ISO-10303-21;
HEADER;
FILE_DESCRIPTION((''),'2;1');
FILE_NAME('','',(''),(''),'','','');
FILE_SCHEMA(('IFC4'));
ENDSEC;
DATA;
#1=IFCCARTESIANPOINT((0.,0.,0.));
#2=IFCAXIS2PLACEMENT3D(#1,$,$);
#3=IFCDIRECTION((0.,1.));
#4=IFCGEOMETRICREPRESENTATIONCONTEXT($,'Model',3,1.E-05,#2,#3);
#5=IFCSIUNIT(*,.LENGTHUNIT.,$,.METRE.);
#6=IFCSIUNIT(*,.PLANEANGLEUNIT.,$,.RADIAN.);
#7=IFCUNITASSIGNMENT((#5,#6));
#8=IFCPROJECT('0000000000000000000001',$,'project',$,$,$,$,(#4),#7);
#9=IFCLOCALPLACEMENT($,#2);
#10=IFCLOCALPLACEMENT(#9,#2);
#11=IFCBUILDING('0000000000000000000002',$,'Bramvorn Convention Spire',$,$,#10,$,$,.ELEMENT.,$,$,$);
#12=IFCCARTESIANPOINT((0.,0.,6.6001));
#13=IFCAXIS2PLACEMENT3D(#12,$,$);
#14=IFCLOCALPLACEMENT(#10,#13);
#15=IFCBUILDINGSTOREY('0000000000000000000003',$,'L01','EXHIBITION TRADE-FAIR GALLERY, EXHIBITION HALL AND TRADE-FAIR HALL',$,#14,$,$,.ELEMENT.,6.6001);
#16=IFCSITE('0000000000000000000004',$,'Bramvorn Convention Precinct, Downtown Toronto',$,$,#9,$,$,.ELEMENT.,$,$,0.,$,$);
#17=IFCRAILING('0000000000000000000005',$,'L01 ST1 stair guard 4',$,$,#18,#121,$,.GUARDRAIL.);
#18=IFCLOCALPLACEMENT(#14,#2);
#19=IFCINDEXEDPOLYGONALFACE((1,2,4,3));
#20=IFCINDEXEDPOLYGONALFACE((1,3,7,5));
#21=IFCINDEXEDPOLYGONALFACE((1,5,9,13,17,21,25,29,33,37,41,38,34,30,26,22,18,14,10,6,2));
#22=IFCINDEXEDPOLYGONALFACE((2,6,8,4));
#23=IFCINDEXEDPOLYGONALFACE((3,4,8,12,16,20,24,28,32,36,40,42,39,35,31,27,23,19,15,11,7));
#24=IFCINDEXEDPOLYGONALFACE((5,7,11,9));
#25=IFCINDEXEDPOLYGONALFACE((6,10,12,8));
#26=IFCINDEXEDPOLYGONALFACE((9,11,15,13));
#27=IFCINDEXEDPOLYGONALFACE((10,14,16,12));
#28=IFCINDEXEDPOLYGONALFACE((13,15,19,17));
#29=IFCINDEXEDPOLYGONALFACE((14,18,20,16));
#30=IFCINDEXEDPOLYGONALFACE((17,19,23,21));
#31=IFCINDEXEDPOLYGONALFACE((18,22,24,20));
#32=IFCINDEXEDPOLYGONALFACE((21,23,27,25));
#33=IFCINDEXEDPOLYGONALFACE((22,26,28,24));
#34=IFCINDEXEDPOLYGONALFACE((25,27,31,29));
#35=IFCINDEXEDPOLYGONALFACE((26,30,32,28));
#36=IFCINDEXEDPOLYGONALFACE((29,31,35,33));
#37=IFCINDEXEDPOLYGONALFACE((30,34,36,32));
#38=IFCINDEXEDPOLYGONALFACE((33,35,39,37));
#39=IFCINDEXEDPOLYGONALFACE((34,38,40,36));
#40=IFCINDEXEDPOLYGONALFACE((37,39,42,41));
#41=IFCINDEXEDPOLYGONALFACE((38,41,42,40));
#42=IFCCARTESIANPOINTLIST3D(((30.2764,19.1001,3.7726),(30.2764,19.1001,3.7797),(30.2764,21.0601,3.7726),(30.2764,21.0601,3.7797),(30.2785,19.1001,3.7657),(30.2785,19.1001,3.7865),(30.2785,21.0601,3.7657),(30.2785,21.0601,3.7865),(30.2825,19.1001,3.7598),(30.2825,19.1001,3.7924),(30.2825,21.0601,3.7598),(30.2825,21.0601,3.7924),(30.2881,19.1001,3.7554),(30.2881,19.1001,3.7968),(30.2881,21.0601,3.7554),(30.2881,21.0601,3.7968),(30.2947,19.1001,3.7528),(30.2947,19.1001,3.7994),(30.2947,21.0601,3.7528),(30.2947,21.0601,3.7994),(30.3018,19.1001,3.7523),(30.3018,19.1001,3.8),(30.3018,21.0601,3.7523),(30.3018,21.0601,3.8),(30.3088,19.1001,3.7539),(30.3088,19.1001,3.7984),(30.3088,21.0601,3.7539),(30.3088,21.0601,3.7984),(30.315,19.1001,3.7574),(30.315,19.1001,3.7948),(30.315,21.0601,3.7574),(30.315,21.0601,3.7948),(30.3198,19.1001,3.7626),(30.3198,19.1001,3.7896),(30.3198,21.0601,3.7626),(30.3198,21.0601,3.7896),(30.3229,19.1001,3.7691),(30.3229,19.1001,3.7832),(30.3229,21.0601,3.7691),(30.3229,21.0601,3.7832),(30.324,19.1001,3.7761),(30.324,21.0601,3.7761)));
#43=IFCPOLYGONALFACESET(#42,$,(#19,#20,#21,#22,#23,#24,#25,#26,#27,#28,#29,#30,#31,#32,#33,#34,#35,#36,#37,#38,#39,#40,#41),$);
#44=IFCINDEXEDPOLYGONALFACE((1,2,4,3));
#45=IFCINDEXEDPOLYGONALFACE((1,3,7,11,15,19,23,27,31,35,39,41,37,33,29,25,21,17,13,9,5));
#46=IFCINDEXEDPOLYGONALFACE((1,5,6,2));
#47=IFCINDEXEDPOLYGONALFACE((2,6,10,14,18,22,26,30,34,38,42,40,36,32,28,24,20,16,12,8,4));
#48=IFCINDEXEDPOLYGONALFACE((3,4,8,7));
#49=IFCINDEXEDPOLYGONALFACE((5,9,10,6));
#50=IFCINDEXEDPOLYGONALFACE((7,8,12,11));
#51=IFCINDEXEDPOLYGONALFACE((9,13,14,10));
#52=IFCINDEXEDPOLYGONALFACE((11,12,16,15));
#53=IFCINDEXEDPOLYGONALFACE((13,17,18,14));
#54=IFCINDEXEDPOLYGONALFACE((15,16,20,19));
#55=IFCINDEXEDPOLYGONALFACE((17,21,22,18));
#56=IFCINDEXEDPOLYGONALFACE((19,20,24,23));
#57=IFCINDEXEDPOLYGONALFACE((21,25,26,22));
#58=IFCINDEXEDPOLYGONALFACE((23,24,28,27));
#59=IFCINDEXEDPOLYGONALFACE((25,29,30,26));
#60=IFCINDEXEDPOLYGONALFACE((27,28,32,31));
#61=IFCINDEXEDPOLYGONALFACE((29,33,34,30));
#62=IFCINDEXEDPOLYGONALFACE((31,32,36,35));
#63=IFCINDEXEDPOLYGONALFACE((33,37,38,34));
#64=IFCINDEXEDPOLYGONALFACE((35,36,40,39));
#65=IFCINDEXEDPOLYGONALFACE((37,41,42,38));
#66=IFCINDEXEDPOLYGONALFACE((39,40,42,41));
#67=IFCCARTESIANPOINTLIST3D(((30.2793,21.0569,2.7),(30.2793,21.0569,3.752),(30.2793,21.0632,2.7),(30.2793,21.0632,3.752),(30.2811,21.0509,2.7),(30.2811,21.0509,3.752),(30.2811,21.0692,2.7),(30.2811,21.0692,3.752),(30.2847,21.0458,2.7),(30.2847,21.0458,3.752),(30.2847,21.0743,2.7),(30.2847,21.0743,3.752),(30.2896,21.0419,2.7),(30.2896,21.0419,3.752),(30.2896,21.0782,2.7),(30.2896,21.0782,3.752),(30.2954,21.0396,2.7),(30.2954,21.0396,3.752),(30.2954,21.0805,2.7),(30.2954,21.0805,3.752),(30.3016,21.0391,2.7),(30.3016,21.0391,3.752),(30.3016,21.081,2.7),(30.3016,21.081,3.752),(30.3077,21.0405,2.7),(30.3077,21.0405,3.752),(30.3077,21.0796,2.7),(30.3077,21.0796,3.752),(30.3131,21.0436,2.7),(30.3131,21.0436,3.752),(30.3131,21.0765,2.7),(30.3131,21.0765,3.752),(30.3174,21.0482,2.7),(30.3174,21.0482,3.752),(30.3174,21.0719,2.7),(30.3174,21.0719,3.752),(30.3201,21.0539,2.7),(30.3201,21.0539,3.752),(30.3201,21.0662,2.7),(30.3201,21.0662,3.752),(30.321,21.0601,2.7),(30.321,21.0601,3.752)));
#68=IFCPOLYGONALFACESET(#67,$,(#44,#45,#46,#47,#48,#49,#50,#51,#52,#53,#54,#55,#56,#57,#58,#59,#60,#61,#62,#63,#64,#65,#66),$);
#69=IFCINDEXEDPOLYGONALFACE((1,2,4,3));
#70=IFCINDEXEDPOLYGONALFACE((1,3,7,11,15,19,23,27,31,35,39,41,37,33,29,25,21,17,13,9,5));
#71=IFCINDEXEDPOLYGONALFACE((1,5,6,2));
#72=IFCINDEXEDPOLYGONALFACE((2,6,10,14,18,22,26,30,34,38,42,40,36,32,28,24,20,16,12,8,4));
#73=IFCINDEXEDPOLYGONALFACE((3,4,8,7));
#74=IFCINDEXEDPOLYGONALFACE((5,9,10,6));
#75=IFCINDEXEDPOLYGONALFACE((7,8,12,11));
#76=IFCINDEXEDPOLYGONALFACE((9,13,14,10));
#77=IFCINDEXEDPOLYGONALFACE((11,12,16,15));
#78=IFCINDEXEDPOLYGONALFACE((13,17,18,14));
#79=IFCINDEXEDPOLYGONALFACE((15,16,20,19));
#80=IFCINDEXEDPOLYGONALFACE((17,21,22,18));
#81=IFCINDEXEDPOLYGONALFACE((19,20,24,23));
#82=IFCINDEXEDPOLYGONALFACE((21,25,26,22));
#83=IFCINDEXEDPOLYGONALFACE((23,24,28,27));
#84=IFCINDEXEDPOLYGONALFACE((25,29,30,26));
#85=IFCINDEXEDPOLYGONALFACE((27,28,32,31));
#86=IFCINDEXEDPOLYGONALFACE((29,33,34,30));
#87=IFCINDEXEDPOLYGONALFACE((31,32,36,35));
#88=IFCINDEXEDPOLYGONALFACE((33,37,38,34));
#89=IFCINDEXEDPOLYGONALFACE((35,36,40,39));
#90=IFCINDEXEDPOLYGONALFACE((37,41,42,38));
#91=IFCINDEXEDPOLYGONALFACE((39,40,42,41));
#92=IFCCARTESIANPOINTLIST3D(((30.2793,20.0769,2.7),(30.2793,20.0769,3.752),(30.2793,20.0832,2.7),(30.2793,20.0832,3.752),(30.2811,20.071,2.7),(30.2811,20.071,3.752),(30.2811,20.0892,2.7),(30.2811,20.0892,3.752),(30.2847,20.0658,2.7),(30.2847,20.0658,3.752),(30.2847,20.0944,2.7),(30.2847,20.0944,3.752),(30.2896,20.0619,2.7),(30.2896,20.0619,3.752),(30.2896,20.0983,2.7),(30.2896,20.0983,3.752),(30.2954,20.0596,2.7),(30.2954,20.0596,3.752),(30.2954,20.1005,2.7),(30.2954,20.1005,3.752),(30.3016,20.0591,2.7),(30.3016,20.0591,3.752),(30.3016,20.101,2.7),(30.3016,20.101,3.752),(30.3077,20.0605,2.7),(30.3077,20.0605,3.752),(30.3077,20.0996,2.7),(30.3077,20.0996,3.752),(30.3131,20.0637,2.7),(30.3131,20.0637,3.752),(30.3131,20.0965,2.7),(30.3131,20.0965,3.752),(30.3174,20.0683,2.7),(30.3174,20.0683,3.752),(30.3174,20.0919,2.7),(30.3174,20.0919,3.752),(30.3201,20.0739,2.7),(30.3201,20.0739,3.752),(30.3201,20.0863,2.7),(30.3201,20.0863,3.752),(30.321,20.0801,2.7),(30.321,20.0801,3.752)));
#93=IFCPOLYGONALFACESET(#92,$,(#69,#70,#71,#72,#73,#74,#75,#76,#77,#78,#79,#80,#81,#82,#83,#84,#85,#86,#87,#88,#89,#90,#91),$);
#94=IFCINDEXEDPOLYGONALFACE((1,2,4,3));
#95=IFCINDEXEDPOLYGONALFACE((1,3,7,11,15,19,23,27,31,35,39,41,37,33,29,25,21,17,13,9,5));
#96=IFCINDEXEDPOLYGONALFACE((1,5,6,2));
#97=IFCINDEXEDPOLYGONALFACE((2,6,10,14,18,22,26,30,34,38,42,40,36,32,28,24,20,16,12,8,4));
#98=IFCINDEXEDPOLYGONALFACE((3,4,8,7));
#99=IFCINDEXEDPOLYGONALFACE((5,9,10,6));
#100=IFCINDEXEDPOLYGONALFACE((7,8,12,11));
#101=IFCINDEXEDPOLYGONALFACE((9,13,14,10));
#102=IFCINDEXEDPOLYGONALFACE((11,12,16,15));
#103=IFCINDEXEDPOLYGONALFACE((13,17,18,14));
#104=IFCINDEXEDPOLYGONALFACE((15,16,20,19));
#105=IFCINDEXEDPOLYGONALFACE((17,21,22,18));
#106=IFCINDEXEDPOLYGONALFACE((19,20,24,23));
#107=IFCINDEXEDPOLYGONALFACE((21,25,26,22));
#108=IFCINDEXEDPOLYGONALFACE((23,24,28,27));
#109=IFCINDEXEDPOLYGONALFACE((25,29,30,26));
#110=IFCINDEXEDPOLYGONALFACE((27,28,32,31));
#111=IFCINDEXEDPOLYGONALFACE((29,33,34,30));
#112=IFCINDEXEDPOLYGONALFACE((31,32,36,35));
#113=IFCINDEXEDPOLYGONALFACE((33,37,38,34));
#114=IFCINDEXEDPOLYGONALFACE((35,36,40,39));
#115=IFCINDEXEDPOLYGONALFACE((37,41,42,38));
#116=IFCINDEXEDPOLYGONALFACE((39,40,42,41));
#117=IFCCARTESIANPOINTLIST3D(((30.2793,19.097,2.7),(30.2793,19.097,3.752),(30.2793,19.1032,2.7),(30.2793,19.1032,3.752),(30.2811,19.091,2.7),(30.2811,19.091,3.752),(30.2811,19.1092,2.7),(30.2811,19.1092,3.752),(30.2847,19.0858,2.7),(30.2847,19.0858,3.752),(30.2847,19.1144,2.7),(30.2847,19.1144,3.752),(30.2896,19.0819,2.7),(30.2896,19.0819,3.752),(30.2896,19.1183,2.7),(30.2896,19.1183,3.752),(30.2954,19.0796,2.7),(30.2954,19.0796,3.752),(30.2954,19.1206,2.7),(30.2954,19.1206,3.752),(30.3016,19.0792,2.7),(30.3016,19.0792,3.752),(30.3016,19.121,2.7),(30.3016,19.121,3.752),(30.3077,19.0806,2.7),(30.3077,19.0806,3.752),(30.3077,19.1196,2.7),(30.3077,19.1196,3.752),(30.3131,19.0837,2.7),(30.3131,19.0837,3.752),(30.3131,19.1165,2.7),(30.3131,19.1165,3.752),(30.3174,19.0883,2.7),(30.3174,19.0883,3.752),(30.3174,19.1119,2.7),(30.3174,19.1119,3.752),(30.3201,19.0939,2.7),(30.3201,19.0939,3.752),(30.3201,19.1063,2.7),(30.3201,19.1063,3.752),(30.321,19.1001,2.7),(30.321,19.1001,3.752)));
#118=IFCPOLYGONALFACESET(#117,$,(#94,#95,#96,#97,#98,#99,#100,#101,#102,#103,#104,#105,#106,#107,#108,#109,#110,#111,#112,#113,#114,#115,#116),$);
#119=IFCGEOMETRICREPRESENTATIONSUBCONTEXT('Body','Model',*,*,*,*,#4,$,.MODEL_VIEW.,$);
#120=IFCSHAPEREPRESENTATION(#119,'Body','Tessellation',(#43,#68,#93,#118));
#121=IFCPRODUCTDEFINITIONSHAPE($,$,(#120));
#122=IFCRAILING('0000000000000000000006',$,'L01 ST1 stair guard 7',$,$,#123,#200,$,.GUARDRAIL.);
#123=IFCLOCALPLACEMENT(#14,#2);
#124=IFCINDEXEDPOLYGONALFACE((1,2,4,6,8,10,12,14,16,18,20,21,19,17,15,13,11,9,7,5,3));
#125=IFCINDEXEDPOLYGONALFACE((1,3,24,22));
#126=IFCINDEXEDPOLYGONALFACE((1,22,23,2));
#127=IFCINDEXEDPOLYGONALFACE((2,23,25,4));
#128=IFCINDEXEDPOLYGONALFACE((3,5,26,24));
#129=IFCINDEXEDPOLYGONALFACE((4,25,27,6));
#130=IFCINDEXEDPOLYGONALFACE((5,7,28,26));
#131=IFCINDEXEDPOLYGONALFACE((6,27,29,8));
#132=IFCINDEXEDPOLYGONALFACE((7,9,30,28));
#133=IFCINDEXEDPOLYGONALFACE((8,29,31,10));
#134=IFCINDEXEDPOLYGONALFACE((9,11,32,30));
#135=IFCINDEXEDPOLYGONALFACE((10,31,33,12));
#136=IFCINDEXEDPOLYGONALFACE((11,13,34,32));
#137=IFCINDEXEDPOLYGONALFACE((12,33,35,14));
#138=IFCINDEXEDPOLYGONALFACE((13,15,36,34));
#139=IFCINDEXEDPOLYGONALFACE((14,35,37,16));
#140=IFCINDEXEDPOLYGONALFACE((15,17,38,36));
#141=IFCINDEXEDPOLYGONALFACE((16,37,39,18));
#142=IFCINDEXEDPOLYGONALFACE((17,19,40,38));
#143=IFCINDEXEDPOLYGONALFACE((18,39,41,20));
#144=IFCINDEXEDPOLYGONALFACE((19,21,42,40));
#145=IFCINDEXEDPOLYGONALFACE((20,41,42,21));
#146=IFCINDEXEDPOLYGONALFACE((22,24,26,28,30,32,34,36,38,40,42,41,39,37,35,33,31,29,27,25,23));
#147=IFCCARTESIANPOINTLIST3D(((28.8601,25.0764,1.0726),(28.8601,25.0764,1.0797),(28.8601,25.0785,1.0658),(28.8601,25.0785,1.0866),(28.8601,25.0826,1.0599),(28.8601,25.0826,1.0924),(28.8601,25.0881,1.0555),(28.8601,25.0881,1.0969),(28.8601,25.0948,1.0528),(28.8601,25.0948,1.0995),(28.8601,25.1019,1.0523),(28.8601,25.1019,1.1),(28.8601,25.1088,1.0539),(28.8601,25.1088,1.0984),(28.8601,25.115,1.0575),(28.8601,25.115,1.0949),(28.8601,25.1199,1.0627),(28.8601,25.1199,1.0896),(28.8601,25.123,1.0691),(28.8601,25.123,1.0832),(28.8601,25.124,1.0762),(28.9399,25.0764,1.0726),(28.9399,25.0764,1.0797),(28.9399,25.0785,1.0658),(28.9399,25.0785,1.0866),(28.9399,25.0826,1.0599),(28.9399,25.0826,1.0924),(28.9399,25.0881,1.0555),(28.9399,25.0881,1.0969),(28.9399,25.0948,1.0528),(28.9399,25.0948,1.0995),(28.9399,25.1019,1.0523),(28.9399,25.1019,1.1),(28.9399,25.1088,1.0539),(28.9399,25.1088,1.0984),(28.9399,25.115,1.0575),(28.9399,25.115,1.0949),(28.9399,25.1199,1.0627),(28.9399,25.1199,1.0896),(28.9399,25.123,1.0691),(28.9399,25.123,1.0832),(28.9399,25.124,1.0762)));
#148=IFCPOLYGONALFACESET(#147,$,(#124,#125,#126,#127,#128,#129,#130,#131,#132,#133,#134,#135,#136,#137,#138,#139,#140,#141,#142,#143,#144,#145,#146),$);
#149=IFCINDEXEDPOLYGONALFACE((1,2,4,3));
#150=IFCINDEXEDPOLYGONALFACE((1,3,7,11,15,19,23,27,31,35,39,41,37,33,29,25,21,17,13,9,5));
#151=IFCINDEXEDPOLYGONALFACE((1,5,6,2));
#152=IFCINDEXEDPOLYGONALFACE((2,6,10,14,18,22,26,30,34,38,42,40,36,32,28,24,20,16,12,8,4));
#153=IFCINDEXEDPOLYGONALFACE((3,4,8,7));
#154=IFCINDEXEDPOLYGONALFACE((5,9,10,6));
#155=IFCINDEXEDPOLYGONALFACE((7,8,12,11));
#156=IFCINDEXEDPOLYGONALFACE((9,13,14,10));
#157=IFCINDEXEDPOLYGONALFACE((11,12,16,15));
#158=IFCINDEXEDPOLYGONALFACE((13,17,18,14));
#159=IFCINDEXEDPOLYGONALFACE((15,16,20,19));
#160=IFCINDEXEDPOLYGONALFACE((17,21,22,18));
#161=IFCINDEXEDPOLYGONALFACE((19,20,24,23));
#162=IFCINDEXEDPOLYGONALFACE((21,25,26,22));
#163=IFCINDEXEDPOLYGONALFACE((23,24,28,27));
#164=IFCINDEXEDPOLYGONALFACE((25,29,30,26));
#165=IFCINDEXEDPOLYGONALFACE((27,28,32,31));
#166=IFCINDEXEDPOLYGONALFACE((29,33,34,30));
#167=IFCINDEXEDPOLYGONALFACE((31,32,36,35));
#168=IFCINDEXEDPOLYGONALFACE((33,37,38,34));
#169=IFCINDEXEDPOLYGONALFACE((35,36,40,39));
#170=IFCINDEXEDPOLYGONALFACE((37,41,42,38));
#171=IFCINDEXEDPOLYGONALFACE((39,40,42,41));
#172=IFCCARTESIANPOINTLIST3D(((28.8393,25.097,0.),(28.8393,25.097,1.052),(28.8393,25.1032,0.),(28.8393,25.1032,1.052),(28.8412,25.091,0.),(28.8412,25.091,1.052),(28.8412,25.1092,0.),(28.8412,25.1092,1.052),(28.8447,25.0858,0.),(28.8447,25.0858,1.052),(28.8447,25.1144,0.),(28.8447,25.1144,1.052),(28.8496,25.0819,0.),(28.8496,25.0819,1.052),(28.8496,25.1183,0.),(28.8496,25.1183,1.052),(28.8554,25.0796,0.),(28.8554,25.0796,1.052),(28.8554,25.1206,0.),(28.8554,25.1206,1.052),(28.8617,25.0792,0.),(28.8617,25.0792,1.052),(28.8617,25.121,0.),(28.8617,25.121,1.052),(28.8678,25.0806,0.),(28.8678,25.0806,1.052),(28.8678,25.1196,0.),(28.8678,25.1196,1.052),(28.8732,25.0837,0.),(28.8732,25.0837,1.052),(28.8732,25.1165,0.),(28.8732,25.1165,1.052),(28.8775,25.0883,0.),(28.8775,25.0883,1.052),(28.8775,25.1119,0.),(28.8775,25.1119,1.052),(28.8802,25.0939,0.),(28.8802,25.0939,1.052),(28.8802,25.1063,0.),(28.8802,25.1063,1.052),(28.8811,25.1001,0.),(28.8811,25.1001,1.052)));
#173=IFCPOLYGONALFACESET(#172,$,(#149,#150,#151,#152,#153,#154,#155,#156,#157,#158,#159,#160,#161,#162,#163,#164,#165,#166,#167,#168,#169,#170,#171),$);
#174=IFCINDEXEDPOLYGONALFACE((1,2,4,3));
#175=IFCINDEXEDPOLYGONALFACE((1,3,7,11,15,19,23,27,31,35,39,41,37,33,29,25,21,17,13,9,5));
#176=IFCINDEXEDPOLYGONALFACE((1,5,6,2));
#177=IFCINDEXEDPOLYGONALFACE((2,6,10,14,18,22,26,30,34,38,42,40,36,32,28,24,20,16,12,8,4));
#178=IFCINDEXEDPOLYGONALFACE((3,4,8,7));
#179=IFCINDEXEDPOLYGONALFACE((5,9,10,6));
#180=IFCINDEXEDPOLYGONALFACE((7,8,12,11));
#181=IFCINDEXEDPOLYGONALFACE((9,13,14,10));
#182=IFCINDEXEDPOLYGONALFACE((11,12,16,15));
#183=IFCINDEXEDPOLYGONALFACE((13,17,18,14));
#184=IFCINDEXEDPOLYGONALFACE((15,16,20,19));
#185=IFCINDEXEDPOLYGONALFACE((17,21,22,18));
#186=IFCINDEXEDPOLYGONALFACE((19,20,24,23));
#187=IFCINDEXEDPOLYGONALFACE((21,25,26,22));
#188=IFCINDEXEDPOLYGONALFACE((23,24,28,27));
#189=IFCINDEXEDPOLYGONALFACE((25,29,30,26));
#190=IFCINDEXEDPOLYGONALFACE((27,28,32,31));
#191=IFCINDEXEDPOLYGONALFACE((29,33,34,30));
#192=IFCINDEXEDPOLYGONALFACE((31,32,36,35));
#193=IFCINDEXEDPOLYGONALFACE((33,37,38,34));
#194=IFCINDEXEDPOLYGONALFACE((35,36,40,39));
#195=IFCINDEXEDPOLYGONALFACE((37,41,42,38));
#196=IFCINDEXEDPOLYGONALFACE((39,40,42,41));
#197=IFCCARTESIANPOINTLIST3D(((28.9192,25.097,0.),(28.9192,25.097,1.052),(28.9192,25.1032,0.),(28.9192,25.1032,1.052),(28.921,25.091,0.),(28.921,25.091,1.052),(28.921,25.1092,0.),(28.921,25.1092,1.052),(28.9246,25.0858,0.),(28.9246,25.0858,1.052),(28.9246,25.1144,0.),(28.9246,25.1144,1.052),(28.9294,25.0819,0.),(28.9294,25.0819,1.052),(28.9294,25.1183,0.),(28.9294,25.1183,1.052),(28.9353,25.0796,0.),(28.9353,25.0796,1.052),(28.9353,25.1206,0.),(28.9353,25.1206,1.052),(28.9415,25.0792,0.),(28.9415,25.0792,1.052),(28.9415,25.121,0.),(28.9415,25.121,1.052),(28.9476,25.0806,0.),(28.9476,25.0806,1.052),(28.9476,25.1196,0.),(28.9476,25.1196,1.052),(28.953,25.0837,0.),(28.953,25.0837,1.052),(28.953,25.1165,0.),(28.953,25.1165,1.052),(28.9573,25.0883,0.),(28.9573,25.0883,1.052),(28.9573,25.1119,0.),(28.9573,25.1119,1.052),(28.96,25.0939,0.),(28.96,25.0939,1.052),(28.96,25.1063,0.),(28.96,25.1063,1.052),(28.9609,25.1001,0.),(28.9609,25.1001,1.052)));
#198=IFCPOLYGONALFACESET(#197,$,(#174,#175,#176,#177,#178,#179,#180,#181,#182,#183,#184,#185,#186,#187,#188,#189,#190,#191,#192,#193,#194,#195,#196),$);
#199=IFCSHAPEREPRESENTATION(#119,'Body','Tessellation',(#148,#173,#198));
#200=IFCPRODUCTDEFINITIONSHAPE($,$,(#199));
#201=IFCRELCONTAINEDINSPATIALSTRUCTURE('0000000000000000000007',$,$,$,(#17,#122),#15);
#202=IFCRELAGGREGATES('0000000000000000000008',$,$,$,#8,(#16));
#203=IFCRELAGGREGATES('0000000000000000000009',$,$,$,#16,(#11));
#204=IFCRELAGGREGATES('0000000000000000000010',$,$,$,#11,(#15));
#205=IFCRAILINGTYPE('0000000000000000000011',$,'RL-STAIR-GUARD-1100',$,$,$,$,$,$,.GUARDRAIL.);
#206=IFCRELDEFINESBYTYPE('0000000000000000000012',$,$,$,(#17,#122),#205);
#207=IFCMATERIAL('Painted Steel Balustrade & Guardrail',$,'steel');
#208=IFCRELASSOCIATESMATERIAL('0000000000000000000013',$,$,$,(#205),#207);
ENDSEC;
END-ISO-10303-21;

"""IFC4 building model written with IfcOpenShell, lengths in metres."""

from ifc_helpers import new_model, si_unit, direction, frame, origin, origin_2d, place, context, subcontext, project, spatial, circle, extrude, material, type_object, element, save


model = new_model("IFC4")

# Units and contexts
model_context = context("Model", 3, precision=1e-05, world=origin(), true_north=direction((0.0, 1.0)))
body_context = subcontext(model_context, "Body", "Model", "MODEL_VIEW")
ifc_project = project(units=[si_unit("LENGTHUNIT", "METRE"), si_unit("PLANEANGLEUNIT", "RADIAN")], contexts=[model_context])

# Site, building, storey
site_placement = place(None, origin())
site = spatial("IfcSite", under=ifc_project, at=site_placement, Name="Bramvorn Convention Precinct, Downtown Toronto", CompositionType="ELEMENT", RefElevation=0.0)
building_placement = place(site_placement, origin())
building = spatial("IfcBuilding", under=site, at=building_placement, Name="Bramvorn Convention Spire", CompositionType="ELEMENT")
storey_placement = place(building_placement, frame((0.0, 0.0, 6.6001)))
storey = spatial("IfcBuildingStorey", under=building, at=storey_placement, Name="L01", Description="EXHIBITION TRADE-FAIR GALLERY, EXHIBITION HALL AND TRADE-FAIR HALL", CompositionType="ELEMENT", Elevation=6.6001)

# Railings
ifc_material_1 = material(Name="Painted Steel Balustrade & Guardrail", Category="steel")
railing_type_1 = type_object("IfcRailingType", Name="RL-STAIR-GUARD-1100", PredefinedType="GUARDRAIL", material=ifc_material_1)
railing_1_placement = place(storey_placement, frame((30.3, 21.0601, 2.7)))
element("IfcRailing", 1, at=railing_1_placement, inside=storey, type_object=railing_type_1, Name="L01 ST1 stair guard 4", PredefinedType="GUARDRAIL", context=body_context, shape_type="SweptSolid", body=[
    extrude(circle(Radius=0.0239, at=origin_2d()), frame((0.0, 0.0, 1.0762), z_axis=(0.0, -1.0, 0.0), x_axis=(1.0, 0.0, 0.0)), (0.0, 0.0, 1.0), 1.96),
    extrude(circle(Radius=0.021, at=origin_2d()), origin(), (0.0, 0.0, 1.0), 1.052),
    extrude(circle(Radius=0.021, at=origin_2d()), frame((0.0, -0.98, 0.0)), (0.0, 0.0, 1.0), 1.052),
    extrude(circle(Radius=0.021, at=origin_2d()), frame((0.0, -1.96, 0.0)), (0.0, 0.0, 1.0), 1.052),
])
railing_2_placement = place(storey_placement, frame((28.8601, 25.1001, 0.0)))
element("IfcRailing", 2, at=railing_2_placement, inside=storey, type_object=railing_type_1, Name="L01 ST1 stair guard 7", PredefinedType="GUARDRAIL", context=body_context, shape_type="SweptSolid", body=[
    extrude(circle(Radius=0.0239, at=origin_2d()), frame((0.0, 0.0, 1.0762), z_axis=(1.0, 0.0, 0.0), x_axis=(0.0, 1.0, 0.0)), (0.0, 0.0, 1.0), 0.0798),
    extrude(circle(Radius=0.021, at=origin_2d()), origin(), (0.0, 0.0, 1.0), 1.052),
    extrude(circle(Radius=0.021, at=origin_2d()), frame((0.0798, 0.0, 0.0)), (0.0, 0.0, 1.0), 1.052),
])

save(model, "model.ifc")
